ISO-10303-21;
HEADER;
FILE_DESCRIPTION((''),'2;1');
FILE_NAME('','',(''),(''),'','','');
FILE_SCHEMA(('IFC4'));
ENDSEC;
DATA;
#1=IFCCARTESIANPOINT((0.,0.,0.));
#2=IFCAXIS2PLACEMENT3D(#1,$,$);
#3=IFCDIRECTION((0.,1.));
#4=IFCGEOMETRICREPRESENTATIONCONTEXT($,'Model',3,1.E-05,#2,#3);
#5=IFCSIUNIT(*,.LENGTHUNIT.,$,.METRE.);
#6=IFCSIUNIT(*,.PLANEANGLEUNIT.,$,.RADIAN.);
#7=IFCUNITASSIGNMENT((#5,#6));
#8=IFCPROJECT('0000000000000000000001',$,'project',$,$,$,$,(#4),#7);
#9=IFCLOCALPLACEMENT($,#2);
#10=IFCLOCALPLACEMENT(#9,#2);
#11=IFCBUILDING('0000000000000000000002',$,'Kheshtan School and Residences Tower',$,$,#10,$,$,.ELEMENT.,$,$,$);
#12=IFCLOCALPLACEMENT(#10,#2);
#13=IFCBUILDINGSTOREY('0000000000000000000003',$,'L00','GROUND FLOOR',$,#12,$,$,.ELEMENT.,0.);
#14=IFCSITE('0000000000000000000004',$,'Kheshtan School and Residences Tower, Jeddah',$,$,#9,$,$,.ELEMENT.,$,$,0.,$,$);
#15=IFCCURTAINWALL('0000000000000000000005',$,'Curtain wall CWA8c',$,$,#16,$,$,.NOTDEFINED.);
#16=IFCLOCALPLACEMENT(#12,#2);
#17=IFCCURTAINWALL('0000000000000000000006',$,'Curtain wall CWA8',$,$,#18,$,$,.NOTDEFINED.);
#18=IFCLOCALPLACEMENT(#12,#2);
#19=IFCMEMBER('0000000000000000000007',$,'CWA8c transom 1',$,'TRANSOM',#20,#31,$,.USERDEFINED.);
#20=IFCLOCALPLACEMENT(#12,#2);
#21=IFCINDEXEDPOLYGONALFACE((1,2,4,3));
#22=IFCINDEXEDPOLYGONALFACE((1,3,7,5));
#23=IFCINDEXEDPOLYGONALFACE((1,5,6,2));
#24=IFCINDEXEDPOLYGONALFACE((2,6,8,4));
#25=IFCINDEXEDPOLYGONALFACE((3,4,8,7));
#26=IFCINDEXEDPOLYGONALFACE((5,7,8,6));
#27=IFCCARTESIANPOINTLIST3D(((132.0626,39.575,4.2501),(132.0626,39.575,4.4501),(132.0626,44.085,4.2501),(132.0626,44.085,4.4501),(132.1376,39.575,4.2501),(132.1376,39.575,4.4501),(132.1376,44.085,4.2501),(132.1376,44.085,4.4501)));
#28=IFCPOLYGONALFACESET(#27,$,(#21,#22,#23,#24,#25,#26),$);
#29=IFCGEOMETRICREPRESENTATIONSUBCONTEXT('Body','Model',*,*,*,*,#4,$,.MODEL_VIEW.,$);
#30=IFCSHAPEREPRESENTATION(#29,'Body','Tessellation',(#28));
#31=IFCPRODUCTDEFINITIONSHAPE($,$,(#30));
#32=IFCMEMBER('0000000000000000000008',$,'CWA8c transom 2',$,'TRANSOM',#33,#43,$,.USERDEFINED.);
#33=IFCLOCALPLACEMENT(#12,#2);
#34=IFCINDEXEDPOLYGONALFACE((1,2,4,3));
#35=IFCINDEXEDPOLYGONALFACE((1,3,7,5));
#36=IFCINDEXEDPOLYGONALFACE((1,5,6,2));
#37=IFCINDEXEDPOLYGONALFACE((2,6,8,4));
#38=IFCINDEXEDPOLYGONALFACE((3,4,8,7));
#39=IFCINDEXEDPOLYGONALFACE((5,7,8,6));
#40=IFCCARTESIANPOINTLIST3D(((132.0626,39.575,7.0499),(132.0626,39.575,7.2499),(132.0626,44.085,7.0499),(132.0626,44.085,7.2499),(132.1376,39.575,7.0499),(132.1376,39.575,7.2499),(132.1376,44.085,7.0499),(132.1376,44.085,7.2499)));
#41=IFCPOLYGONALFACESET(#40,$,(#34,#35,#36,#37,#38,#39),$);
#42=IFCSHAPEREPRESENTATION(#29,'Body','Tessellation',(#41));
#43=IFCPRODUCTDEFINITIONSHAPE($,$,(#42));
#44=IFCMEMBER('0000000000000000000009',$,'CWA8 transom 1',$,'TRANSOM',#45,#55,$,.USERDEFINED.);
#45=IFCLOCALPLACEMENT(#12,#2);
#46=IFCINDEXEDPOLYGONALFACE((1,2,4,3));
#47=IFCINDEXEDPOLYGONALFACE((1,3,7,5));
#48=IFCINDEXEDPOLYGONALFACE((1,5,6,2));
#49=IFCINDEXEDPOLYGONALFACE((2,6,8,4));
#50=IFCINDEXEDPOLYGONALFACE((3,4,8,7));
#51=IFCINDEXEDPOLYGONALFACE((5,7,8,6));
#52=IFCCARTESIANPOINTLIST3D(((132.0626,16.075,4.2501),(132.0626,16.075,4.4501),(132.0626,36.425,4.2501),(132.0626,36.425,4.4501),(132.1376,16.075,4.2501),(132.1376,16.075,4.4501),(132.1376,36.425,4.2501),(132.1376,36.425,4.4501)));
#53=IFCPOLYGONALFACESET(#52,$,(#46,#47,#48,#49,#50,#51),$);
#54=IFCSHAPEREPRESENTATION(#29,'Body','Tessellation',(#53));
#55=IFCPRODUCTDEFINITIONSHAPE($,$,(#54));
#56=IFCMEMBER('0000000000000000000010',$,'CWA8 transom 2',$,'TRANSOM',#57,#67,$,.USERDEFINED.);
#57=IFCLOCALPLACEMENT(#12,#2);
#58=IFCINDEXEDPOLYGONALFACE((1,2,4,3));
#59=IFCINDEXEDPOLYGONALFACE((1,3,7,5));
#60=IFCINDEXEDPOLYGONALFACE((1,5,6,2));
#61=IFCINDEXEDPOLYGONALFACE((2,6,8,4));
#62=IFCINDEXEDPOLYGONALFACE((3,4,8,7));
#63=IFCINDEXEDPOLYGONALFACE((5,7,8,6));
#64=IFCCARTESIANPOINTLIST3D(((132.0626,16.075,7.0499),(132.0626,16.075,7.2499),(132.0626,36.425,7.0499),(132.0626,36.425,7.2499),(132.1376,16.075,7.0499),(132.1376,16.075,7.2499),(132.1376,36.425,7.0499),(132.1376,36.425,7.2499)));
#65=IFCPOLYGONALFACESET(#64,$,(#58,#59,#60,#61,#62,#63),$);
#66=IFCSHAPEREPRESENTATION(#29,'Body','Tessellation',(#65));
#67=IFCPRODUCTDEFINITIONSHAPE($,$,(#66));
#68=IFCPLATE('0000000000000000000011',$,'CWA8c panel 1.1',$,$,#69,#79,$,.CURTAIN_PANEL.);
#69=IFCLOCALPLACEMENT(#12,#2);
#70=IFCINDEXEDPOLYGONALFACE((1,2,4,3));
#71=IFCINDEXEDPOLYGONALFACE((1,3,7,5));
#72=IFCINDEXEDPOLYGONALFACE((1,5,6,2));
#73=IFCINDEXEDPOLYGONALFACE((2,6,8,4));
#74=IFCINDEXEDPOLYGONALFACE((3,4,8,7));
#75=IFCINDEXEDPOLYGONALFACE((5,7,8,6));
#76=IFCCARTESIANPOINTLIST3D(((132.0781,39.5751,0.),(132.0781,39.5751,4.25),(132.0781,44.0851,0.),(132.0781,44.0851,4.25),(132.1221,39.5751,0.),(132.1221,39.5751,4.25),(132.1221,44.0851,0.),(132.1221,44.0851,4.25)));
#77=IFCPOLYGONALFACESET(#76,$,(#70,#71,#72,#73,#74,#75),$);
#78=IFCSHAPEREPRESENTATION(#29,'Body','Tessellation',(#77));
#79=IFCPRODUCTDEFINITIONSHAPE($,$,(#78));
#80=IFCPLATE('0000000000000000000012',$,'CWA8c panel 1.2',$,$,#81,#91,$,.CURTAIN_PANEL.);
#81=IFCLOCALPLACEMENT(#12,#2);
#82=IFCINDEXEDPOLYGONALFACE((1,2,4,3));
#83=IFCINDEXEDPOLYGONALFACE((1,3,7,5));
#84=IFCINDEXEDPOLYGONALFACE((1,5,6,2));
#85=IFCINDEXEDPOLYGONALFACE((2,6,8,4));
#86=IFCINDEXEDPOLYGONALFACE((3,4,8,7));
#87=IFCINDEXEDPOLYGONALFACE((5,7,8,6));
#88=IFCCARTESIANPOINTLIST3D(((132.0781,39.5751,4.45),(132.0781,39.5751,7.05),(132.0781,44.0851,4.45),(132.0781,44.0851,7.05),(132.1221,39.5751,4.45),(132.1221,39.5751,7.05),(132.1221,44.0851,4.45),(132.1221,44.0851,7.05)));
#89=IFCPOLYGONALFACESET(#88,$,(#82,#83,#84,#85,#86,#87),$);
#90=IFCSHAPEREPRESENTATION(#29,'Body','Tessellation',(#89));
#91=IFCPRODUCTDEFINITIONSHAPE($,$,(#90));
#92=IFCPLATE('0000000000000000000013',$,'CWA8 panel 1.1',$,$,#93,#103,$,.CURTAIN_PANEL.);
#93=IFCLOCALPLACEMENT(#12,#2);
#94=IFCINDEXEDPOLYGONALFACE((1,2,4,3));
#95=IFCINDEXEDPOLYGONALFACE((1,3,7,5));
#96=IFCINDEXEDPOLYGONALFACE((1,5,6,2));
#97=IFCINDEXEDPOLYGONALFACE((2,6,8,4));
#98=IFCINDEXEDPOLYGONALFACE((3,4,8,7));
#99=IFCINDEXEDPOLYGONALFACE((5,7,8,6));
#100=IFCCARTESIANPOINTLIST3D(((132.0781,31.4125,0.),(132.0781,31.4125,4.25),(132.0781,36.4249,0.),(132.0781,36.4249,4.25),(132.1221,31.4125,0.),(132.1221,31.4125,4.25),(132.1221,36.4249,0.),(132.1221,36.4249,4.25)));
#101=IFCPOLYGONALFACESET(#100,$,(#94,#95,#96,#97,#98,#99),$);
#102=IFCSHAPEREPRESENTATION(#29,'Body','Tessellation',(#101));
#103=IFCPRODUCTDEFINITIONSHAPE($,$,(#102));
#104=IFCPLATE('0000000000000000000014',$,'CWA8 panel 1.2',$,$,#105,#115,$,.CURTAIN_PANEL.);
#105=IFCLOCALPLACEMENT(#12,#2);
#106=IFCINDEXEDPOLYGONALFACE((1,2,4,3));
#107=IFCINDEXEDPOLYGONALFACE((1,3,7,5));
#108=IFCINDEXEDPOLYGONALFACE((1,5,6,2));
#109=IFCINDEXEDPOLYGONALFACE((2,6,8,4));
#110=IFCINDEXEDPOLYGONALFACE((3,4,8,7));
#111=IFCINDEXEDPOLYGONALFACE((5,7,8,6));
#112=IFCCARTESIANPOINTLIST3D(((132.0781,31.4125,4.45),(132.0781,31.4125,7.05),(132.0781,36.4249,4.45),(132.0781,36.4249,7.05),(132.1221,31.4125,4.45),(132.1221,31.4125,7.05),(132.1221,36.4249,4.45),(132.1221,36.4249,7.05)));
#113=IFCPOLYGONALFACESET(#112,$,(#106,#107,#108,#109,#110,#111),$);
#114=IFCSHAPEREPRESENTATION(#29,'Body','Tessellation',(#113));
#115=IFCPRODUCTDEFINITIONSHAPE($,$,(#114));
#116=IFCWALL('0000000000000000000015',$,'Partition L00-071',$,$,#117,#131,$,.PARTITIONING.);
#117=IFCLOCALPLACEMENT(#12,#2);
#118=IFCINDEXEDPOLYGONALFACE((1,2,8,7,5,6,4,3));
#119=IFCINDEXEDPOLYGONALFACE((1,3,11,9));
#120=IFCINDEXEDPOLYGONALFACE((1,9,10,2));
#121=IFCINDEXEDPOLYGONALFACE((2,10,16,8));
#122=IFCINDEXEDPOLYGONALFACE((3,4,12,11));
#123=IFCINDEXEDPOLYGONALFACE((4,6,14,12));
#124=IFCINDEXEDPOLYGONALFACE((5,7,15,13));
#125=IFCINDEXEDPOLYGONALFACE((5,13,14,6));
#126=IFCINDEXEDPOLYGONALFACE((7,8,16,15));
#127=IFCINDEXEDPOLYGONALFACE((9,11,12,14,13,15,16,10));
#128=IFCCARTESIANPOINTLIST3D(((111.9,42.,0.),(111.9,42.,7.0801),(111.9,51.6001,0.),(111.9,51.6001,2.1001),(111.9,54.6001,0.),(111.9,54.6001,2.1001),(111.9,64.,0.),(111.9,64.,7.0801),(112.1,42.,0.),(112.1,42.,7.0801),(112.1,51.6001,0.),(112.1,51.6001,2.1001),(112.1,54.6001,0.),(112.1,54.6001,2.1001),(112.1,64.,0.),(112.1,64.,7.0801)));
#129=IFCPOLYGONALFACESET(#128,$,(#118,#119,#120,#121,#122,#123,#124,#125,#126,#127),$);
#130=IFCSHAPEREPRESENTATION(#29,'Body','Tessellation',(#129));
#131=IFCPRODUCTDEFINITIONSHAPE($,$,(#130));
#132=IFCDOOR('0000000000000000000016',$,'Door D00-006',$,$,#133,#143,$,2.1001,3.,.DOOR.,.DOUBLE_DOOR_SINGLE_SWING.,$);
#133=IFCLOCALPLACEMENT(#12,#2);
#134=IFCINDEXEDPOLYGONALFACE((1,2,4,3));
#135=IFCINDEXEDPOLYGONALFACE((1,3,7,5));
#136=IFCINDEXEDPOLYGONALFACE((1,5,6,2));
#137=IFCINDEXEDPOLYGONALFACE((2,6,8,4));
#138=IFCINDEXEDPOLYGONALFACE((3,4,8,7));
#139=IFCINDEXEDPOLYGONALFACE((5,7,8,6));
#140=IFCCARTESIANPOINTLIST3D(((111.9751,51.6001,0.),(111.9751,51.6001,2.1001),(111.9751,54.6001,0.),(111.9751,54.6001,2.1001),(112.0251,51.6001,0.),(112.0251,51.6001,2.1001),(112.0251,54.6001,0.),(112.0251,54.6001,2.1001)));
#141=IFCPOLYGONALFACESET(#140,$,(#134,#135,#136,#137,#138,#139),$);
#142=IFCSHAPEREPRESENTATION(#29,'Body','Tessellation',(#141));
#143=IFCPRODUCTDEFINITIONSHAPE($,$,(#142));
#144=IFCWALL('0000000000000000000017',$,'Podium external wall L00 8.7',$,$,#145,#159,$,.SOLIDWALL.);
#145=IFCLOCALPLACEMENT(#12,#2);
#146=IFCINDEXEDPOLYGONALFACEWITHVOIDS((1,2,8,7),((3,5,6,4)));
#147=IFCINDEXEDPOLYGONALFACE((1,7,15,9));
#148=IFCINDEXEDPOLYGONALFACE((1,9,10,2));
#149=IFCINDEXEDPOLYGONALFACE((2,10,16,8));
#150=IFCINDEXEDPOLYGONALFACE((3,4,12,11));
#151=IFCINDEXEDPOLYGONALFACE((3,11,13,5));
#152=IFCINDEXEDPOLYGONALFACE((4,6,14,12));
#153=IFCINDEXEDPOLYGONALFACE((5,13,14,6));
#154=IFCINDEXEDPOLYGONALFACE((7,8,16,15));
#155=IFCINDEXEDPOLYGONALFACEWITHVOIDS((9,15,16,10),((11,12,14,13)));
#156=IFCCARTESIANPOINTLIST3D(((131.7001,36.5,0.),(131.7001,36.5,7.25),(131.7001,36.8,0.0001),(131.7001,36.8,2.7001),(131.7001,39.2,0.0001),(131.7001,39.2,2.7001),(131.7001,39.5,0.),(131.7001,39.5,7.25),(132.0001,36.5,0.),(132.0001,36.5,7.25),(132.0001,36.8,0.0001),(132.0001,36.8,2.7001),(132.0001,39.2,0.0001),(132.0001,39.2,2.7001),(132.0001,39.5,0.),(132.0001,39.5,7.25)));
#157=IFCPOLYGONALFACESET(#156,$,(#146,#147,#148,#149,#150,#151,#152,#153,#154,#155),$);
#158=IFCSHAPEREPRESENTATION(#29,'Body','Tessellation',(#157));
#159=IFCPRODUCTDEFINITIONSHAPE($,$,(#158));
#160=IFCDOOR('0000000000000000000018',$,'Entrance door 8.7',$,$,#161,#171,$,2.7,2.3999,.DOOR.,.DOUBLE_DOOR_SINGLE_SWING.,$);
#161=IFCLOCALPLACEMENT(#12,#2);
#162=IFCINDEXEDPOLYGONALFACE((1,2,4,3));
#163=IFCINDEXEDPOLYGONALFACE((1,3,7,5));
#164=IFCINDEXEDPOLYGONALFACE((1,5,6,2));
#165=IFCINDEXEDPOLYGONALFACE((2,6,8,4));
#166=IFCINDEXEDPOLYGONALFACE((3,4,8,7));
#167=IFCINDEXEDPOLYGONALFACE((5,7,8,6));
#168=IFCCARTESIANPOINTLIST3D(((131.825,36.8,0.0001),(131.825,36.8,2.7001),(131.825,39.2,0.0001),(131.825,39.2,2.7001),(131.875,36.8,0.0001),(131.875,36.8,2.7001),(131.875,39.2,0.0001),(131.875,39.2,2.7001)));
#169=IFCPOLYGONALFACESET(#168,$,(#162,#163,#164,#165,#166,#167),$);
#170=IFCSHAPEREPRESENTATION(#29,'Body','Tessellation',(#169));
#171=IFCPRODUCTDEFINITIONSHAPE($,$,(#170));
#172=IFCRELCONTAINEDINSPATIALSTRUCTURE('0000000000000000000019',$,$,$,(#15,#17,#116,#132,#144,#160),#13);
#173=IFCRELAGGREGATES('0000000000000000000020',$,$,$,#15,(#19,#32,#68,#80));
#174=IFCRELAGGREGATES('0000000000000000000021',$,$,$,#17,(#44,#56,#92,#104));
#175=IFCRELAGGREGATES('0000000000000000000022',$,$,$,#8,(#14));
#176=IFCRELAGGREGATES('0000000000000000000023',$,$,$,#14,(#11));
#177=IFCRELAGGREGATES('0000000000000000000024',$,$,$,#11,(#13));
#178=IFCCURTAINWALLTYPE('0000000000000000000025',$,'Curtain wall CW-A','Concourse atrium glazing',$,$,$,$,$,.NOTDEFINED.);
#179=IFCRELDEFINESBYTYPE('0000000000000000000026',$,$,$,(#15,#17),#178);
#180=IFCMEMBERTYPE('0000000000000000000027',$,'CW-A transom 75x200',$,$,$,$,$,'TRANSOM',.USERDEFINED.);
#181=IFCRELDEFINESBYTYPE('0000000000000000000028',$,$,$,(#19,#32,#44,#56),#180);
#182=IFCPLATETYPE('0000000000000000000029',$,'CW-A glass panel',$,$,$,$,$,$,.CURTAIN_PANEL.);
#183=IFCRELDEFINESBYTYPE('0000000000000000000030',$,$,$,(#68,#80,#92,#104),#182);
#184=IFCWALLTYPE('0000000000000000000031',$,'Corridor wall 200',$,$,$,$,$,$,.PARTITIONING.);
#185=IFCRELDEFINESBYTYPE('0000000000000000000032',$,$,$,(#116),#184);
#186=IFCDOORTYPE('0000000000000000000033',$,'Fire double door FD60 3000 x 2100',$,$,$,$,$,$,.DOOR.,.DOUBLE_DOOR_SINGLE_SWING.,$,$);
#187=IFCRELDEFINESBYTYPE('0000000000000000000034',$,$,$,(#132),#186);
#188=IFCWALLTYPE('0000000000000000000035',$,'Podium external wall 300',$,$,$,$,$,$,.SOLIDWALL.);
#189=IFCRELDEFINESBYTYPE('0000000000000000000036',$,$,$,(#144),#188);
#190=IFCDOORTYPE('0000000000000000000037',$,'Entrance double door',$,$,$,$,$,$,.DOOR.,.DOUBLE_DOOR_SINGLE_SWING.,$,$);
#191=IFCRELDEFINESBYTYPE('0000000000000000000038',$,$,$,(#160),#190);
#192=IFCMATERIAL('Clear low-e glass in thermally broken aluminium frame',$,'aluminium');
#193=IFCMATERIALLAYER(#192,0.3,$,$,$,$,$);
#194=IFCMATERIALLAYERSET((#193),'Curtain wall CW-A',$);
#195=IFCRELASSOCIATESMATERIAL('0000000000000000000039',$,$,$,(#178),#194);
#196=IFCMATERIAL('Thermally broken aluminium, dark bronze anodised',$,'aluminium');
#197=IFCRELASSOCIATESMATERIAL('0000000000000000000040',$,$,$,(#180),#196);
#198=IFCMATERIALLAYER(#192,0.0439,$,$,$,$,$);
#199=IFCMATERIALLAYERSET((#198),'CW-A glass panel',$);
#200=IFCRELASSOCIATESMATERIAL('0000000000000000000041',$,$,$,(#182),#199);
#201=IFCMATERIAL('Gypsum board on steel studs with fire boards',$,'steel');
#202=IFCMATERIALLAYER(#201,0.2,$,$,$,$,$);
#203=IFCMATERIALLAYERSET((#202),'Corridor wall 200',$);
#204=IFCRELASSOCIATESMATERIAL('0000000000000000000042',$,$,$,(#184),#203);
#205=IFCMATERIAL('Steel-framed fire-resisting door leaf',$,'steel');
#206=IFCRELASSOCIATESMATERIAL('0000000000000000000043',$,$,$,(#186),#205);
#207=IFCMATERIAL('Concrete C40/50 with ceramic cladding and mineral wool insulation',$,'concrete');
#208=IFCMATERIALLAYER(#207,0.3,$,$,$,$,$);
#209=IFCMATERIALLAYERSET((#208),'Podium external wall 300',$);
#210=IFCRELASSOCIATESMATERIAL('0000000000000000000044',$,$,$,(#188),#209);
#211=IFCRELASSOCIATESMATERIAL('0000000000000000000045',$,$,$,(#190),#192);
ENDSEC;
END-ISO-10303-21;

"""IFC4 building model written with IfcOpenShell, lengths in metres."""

from ifc_helpers import new_model, si_unit, direction, frame, frame_2d, origin, origin_2d, place, context, subcontext, project, spatial, rectangle, extrude, source, transform, mapped, material, layer, layer_set, material_profile, profile_set, type_object, element, fill, aggregate, save


model = new_model("IFC4")

# Units and contexts
model_context = context("Model", 3, precision=1e-05, world=origin(), true_north=direction((0.0, 1.0)))
body_context = subcontext(model_context, "Body", "Model", "MODEL_VIEW")
ifc_project = project(units=[si_unit("LENGTHUNIT", "METRE"), si_unit("PLANEANGLEUNIT", "RADIAN")], contexts=[model_context])

# Site, building, storey
site_placement = place(None, origin())
site = spatial("IfcSite", under=ifc_project, at=site_placement, Name="Kheshtan School and Residences Tower, Jeddah", CompositionType="ELEMENT", RefElevation=0.0)
building_placement = place(site_placement, origin())
building = spatial("IfcBuilding", under=site, at=building_placement, Name="Kheshtan School and Residences Tower", CompositionType="ELEMENT")
storey_placement = place(building_placement, origin())
storey = spatial("IfcBuildingStorey", under=building, at=storey_placement, Name="L00", Description="GROUND FLOOR", CompositionType="ELEMENT", Elevation=0.0)

# Curtain walls
ifc_material_1 = material(Name="Clear low-e glass in thermally broken aluminium frame", Category="aluminium")
ifc_layer_1 = layer(ifc_material_1, 0.3)
ifc_layer_set_1 = layer_set([ifc_layer_1], Name="Curtain wall CW-A")
curtain_wall_type = type_object("IfcCurtainWallType", Name="Curtain wall CW-A", Description="Concourse atrium glazing", PredefinedType="NOTDEFINED", material=ifc_layer_set_1)
curtain_wall_1_placement = place(storey_placement, origin())
curtain_wall_1 = element("IfcCurtainWall", 1, at=curtain_wall_1_placement, inside=storey, type_object=curtain_wall_type, Name="Curtain wall CWA8c", PredefinedType="NOTDEFINED")
ifc_material_2 = material(Name="Thermally broken aluminium, dark bronze anodised", Category="aluminium")
curtain_wall_2_placement = place(storey_placement, origin())
curtain_wall_2 = element("IfcCurtainWall", 2, at=curtain_wall_2_placement, inside=storey, type_object=curtain_wall_type, Name="Curtain wall CWA8", PredefinedType="NOTDEFINED")

# Members
ifc_material_profile_1 = material_profile(ifc_material_2, rectangle(XDim=0.075, YDim=0.2, at=origin_2d()), Name="CW-A transom 75x200")
ifc_profile_set_1 = profile_set([ifc_material_profile_1], Name="Thermally broken aluminium, dark bronze anodised")
member_type_1 = type_object("IfcMemberType", Name="CW-A transom 75x200", ElementType="TRANSOM", PredefinedType="USERDEFINED", material=ifc_profile_set_1)
member_1_placement = place(storey_placement, frame((132.1001, 44.085, 4.3501), z_axis=(0.0, -1.0, 0.0), x_axis=(1.0, 0.0, 0.0)))
member_1 = element("IfcMember", 3, at=member_1_placement, type_object=member_type_1, Name="CWA8c transom 1", ObjectType="TRANSOM", PredefinedType="USERDEFINED", context=body_context, shape_type="SweptSolid", body=[
    extrude(rectangle(XDim=0.075, YDim=0.2, at=origin_2d()), origin(), (0.0, 0.0, 1.0), 4.51),
])
member_2_placement = place(storey_placement, frame((132.1001, 44.085, 7.1499), z_axis=(0.0, -1.0, 0.0), x_axis=(1.0, 0.0, 0.0)))
member_2 = element("IfcMember", 4, at=member_2_placement, type_object=member_type_1, Name="CWA8c transom 2", ObjectType="TRANSOM", PredefinedType="USERDEFINED", context=body_context, shape_type="SweptSolid", body=[
    extrude(rectangle(XDim=0.075, YDim=0.2, at=origin_2d()), origin(), (0.0, 0.0, 1.0), 4.51),
])
member_3_placement = place(storey_placement, frame((132.1001, 36.425, 4.3501), z_axis=(0.0, -1.0, 0.0), x_axis=(1.0, 0.0, 0.0)))
member_3 = element("IfcMember", 5, at=member_3_placement, type_object=member_type_1, Name="CWA8 transom 1", ObjectType="TRANSOM", PredefinedType="USERDEFINED", context=body_context, shape_type="SweptSolid", body=[
    extrude(rectangle(XDim=0.075, YDim=0.2, at=origin_2d()), origin(), (0.0, 0.0, 1.0), 20.3501),
])
member_4_placement = place(storey_placement, frame((132.1001, 36.425, 7.1499), z_axis=(0.0, -1.0, 0.0), x_axis=(1.0, 0.0, 0.0)))
member_4 = element("IfcMember", 6, at=member_4_placement, type_object=member_type_1, Name="CWA8 transom 2", ObjectType="TRANSOM", PredefinedType="USERDEFINED", context=body_context, shape_type="SweptSolid", body=[
    extrude(rectangle(XDim=0.075, YDim=0.2, at=origin_2d()), origin(), (0.0, 0.0, 1.0), 20.3501),
])

# Plates
ifc_layer_2 = layer(ifc_material_1, 0.0439)
ifc_layer_set_2 = layer_set([ifc_layer_2], Name="CW-A glass panel")
plate_type = type_object("IfcPlateType", Name="CW-A glass panel", PredefinedType="CURTAIN_PANEL", material=ifc_layer_set_2)
plate_1_placement = place(storey_placement, frame((132.1001, 41.8301, 0.0), z_axis=(0.0, 0.0, 1.0), x_axis=(0.0, -1.0, 0.0)))
plate_1 = element("IfcPlate", 7, at=plate_1_placement, type_object=plate_type, Name="CWA8c panel 1.1", PredefinedType="CURTAIN_PANEL", context=body_context, shape_type="SweptSolid", body=[
    extrude(rectangle(XDim=4.51, YDim=0.0439, at=origin_2d()), origin(), (0.0, 0.0, 1.0), 4.25),
])
plate_2_placement = place(storey_placement, frame((132.1001, 41.8301, 4.45), z_axis=(0.0, 0.0, 1.0), x_axis=(0.0, -1.0, 0.0)))
plate_2 = element("IfcPlate", 8, at=plate_2_placement, type_object=plate_type, Name="CWA8c panel 1.2", PredefinedType="CURTAIN_PANEL", context=body_context, shape_type="SweptSolid", body=[
    extrude(rectangle(XDim=4.51, YDim=0.0439, at=origin_2d()), origin(), (0.0, 0.0, 1.0), 2.6001),
])
aggregate(curtain_wall_1, [member_1, member_2, plate_1, plate_2])
plate_3_placement = place(storey_placement, frame((132.1001, 33.9187, 0.0), z_axis=(0.0, 0.0, 1.0), x_axis=(0.0, -1.0, 0.0)))
plate_3 = element("IfcPlate", 9, at=plate_3_placement, type_object=plate_type, Name="CWA8 panel 1.1", PredefinedType="CURTAIN_PANEL", context=body_context, shape_type="SweptSolid", body=[
    extrude(rectangle(XDim=5.0125, YDim=0.0439, at=origin_2d()), origin(), (0.0, 0.0, 1.0), 4.25),
])
plate_4_placement = place(storey_placement, frame((132.1001, 33.9187, 4.45), z_axis=(0.0, 0.0, 1.0), x_axis=(0.0, -1.0, 0.0)))
plate_4 = element("IfcPlate", 10, at=plate_4_placement, type_object=plate_type, Name="CWA8 panel 1.2", PredefinedType="CURTAIN_PANEL", context=body_context, shape_type="SweptSolid", body=[
    extrude(rectangle(XDim=5.0125, YDim=0.0439, at=origin_2d()), origin(), (0.0, 0.0, 1.0), 2.6001),
])
aggregate(curtain_wall_2, [member_3, member_4, plate_3, plate_4])

# Walls, openings, doors
ifc_material_3 = material(Name="Gypsum board on steel studs with fire boards", Category="steel")
ifc_layer_3 = layer(ifc_material_3, 0.2)
ifc_layer_set_3 = layer_set([ifc_layer_3], Name="Corridor wall 200")
wall_type_1 = type_object("IfcWallType", Name="Corridor wall 200", PredefinedType="PARTITIONING", material=ifc_layer_set_3)
wall_1_placement = place(storey_placement, frame((112.0, 42.0, 0.0), z_axis=(0.0, 0.0, 1.0), x_axis=(0.0, 1.0, 0.0)))
wall_1 = element("IfcWall", 11, at=wall_1_placement, inside=storey, type_object=wall_type_1, Name="Partition L00-071", PredefinedType="PARTITIONING", context=body_context, shape_type="SweptSolid", body=[
    extrude(rectangle(XDim=22.0, YDim=0.2, at=frame_2d((11.0, 0.0))), origin(), (0.0, 0.0, 1.0), 7.0801),
])
opening_1_placement = place(wall_1_placement, frame((9.6001, 0.0, 0.0)))
opening_1 = element("IfcOpeningElement", 12, at=opening_1_placement, cuts=wall_1, PredefinedType="OPENING", context=body_context, shape_type="SweptSolid", body=[
    extrude(rectangle(XDim=3.0, YDim=2.1001, at=frame_2d((1.5, 1.05))), frame((0.0, 0.1099, 0.0), z_axis=(0.0, -1.0, 0.0), x_axis=(1.0, 0.0, 0.0)), (0.0, 0.0, 1.0), 0.22),
])
ifc_material_4 = material(Name="Steel-framed fire-resisting door leaf", Category="steel")
door_type_1 = type_object("IfcDoorType", Name="Fire double door FD60 3000 x 2100", OperationType="DOUBLE_DOOR_SINGLE_SWING", PredefinedType="DOOR", material=ifc_material_4)
shared_shape_1 = source(origin(), body_context, "Body", "SweptSolid", [
    extrude(rectangle(XDim=3.0, YDim=2.1001, at=frame_2d((1.5, 1.05))), frame((0.0, 0.0249, 0.0), z_axis=(0.0, -1.0, 0.0), x_axis=(1.0, 0.0, 0.0)), (0.0, 0.0, 1.0), 0.05),
])
door_1_placement = place(opening_1_placement, origin())
door_1 = element("IfcDoor", 13, at=door_1_placement, inside=storey, type_object=door_type_1, Name="Door D00-006", OperationType="DOUBLE_DOOR_SINGLE_SWING", OverallHeight=2.1001, OverallWidth=3.0, PredefinedType="DOOR", context=body_context, shape_type="MappedRepresentation", body=[
    mapped(shared_shape_1, transform((0.0, 0.0, 0.0), x_axis=(1.0, 0.0, 0.0), y_axis=(0.0, 1.0, 0.0), z_axis=(0.0, 0.0, 1.0), scale=1.0)),
])
fill(opening_1, door_1)
ifc_material_5 = material(Name="Concrete C40/50 with ceramic cladding and mineral wool insulation", Category="concrete")
ifc_layer_4 = layer(ifc_material_5, 0.3)
ifc_layer_set_4 = layer_set([ifc_layer_4], Name="Podium external wall 300")
wall_type_2 = type_object("IfcWallType", Name="Podium external wall 300", PredefinedType="SOLIDWALL", material=ifc_layer_set_4)
wall_2_placement = place(storey_placement, frame((131.8501, 39.5, 0.0), z_axis=(0.0, 0.0, 1.0), x_axis=(0.0, -1.0, 0.0)))
wall_2 = element("IfcWall", 14, at=wall_2_placement, inside=storey, type_object=wall_type_2, Name="Podium external wall L00 8.7", PredefinedType="SOLIDWALL", context=body_context, shape_type="SweptSolid", body=[
    extrude(rectangle(XDim=3.0, YDim=0.3, at=frame_2d((1.5, 0.0))), origin(), (0.0, 0.0, 1.0), 7.25),
])
opening_2_placement = place(wall_2_placement, frame((0.3, 0.0, 0.0)))
opening_2 = element("IfcOpeningElement", 15, at=opening_2_placement, cuts=wall_2, PredefinedType="OPENING", context=body_context, shape_type="SweptSolid", body=[
    extrude(rectangle(XDim=2.3999, YDim=2.7, at=frame_2d((1.2, 1.3501))), frame((0.0, 0.1602, 0.0), z_axis=(0.0, -1.0, 0.0), x_axis=(1.0, 0.0, 0.0)), (0.0, 0.0, 1.0), 0.3201),
])
door_type_2 = type_object("IfcDoorType", Name="Entrance double door", OperationType="DOUBLE_DOOR_SINGLE_SWING", PredefinedType="DOOR", material=ifc_material_1)
shared_shape_2 = source(origin(), body_context, "Body", "SweptSolid", [
    extrude(rectangle(XDim=2.3999, YDim=2.7, at=frame_2d((1.2, 1.3501))), frame((0.0, 0.0249, 0.0), z_axis=(0.0, -1.0, 0.0), x_axis=(1.0, 0.0, 0.0)), (0.0, 0.0, 1.0), 0.05),
])
door_2_placement = place(opening_2_placement, origin())
door_2 = element("IfcDoor", 16, at=door_2_placement, inside=storey, type_object=door_type_2, Name="Entrance door 8.7", OperationType="DOUBLE_DOOR_SINGLE_SWING", OverallHeight=2.7, OverallWidth=2.3999, PredefinedType="DOOR", context=body_context, shape_type="MappedRepresentation", body=[
    mapped(shared_shape_2, transform((0.0, 0.0, 0.0), x_axis=(1.0, 0.0, 0.0), y_axis=(0.0, 1.0, 0.0), z_axis=(0.0, 0.0, 1.0), scale=1.0)),
])
fill(opening_2, door_2)

save(model, "model.ifc")
